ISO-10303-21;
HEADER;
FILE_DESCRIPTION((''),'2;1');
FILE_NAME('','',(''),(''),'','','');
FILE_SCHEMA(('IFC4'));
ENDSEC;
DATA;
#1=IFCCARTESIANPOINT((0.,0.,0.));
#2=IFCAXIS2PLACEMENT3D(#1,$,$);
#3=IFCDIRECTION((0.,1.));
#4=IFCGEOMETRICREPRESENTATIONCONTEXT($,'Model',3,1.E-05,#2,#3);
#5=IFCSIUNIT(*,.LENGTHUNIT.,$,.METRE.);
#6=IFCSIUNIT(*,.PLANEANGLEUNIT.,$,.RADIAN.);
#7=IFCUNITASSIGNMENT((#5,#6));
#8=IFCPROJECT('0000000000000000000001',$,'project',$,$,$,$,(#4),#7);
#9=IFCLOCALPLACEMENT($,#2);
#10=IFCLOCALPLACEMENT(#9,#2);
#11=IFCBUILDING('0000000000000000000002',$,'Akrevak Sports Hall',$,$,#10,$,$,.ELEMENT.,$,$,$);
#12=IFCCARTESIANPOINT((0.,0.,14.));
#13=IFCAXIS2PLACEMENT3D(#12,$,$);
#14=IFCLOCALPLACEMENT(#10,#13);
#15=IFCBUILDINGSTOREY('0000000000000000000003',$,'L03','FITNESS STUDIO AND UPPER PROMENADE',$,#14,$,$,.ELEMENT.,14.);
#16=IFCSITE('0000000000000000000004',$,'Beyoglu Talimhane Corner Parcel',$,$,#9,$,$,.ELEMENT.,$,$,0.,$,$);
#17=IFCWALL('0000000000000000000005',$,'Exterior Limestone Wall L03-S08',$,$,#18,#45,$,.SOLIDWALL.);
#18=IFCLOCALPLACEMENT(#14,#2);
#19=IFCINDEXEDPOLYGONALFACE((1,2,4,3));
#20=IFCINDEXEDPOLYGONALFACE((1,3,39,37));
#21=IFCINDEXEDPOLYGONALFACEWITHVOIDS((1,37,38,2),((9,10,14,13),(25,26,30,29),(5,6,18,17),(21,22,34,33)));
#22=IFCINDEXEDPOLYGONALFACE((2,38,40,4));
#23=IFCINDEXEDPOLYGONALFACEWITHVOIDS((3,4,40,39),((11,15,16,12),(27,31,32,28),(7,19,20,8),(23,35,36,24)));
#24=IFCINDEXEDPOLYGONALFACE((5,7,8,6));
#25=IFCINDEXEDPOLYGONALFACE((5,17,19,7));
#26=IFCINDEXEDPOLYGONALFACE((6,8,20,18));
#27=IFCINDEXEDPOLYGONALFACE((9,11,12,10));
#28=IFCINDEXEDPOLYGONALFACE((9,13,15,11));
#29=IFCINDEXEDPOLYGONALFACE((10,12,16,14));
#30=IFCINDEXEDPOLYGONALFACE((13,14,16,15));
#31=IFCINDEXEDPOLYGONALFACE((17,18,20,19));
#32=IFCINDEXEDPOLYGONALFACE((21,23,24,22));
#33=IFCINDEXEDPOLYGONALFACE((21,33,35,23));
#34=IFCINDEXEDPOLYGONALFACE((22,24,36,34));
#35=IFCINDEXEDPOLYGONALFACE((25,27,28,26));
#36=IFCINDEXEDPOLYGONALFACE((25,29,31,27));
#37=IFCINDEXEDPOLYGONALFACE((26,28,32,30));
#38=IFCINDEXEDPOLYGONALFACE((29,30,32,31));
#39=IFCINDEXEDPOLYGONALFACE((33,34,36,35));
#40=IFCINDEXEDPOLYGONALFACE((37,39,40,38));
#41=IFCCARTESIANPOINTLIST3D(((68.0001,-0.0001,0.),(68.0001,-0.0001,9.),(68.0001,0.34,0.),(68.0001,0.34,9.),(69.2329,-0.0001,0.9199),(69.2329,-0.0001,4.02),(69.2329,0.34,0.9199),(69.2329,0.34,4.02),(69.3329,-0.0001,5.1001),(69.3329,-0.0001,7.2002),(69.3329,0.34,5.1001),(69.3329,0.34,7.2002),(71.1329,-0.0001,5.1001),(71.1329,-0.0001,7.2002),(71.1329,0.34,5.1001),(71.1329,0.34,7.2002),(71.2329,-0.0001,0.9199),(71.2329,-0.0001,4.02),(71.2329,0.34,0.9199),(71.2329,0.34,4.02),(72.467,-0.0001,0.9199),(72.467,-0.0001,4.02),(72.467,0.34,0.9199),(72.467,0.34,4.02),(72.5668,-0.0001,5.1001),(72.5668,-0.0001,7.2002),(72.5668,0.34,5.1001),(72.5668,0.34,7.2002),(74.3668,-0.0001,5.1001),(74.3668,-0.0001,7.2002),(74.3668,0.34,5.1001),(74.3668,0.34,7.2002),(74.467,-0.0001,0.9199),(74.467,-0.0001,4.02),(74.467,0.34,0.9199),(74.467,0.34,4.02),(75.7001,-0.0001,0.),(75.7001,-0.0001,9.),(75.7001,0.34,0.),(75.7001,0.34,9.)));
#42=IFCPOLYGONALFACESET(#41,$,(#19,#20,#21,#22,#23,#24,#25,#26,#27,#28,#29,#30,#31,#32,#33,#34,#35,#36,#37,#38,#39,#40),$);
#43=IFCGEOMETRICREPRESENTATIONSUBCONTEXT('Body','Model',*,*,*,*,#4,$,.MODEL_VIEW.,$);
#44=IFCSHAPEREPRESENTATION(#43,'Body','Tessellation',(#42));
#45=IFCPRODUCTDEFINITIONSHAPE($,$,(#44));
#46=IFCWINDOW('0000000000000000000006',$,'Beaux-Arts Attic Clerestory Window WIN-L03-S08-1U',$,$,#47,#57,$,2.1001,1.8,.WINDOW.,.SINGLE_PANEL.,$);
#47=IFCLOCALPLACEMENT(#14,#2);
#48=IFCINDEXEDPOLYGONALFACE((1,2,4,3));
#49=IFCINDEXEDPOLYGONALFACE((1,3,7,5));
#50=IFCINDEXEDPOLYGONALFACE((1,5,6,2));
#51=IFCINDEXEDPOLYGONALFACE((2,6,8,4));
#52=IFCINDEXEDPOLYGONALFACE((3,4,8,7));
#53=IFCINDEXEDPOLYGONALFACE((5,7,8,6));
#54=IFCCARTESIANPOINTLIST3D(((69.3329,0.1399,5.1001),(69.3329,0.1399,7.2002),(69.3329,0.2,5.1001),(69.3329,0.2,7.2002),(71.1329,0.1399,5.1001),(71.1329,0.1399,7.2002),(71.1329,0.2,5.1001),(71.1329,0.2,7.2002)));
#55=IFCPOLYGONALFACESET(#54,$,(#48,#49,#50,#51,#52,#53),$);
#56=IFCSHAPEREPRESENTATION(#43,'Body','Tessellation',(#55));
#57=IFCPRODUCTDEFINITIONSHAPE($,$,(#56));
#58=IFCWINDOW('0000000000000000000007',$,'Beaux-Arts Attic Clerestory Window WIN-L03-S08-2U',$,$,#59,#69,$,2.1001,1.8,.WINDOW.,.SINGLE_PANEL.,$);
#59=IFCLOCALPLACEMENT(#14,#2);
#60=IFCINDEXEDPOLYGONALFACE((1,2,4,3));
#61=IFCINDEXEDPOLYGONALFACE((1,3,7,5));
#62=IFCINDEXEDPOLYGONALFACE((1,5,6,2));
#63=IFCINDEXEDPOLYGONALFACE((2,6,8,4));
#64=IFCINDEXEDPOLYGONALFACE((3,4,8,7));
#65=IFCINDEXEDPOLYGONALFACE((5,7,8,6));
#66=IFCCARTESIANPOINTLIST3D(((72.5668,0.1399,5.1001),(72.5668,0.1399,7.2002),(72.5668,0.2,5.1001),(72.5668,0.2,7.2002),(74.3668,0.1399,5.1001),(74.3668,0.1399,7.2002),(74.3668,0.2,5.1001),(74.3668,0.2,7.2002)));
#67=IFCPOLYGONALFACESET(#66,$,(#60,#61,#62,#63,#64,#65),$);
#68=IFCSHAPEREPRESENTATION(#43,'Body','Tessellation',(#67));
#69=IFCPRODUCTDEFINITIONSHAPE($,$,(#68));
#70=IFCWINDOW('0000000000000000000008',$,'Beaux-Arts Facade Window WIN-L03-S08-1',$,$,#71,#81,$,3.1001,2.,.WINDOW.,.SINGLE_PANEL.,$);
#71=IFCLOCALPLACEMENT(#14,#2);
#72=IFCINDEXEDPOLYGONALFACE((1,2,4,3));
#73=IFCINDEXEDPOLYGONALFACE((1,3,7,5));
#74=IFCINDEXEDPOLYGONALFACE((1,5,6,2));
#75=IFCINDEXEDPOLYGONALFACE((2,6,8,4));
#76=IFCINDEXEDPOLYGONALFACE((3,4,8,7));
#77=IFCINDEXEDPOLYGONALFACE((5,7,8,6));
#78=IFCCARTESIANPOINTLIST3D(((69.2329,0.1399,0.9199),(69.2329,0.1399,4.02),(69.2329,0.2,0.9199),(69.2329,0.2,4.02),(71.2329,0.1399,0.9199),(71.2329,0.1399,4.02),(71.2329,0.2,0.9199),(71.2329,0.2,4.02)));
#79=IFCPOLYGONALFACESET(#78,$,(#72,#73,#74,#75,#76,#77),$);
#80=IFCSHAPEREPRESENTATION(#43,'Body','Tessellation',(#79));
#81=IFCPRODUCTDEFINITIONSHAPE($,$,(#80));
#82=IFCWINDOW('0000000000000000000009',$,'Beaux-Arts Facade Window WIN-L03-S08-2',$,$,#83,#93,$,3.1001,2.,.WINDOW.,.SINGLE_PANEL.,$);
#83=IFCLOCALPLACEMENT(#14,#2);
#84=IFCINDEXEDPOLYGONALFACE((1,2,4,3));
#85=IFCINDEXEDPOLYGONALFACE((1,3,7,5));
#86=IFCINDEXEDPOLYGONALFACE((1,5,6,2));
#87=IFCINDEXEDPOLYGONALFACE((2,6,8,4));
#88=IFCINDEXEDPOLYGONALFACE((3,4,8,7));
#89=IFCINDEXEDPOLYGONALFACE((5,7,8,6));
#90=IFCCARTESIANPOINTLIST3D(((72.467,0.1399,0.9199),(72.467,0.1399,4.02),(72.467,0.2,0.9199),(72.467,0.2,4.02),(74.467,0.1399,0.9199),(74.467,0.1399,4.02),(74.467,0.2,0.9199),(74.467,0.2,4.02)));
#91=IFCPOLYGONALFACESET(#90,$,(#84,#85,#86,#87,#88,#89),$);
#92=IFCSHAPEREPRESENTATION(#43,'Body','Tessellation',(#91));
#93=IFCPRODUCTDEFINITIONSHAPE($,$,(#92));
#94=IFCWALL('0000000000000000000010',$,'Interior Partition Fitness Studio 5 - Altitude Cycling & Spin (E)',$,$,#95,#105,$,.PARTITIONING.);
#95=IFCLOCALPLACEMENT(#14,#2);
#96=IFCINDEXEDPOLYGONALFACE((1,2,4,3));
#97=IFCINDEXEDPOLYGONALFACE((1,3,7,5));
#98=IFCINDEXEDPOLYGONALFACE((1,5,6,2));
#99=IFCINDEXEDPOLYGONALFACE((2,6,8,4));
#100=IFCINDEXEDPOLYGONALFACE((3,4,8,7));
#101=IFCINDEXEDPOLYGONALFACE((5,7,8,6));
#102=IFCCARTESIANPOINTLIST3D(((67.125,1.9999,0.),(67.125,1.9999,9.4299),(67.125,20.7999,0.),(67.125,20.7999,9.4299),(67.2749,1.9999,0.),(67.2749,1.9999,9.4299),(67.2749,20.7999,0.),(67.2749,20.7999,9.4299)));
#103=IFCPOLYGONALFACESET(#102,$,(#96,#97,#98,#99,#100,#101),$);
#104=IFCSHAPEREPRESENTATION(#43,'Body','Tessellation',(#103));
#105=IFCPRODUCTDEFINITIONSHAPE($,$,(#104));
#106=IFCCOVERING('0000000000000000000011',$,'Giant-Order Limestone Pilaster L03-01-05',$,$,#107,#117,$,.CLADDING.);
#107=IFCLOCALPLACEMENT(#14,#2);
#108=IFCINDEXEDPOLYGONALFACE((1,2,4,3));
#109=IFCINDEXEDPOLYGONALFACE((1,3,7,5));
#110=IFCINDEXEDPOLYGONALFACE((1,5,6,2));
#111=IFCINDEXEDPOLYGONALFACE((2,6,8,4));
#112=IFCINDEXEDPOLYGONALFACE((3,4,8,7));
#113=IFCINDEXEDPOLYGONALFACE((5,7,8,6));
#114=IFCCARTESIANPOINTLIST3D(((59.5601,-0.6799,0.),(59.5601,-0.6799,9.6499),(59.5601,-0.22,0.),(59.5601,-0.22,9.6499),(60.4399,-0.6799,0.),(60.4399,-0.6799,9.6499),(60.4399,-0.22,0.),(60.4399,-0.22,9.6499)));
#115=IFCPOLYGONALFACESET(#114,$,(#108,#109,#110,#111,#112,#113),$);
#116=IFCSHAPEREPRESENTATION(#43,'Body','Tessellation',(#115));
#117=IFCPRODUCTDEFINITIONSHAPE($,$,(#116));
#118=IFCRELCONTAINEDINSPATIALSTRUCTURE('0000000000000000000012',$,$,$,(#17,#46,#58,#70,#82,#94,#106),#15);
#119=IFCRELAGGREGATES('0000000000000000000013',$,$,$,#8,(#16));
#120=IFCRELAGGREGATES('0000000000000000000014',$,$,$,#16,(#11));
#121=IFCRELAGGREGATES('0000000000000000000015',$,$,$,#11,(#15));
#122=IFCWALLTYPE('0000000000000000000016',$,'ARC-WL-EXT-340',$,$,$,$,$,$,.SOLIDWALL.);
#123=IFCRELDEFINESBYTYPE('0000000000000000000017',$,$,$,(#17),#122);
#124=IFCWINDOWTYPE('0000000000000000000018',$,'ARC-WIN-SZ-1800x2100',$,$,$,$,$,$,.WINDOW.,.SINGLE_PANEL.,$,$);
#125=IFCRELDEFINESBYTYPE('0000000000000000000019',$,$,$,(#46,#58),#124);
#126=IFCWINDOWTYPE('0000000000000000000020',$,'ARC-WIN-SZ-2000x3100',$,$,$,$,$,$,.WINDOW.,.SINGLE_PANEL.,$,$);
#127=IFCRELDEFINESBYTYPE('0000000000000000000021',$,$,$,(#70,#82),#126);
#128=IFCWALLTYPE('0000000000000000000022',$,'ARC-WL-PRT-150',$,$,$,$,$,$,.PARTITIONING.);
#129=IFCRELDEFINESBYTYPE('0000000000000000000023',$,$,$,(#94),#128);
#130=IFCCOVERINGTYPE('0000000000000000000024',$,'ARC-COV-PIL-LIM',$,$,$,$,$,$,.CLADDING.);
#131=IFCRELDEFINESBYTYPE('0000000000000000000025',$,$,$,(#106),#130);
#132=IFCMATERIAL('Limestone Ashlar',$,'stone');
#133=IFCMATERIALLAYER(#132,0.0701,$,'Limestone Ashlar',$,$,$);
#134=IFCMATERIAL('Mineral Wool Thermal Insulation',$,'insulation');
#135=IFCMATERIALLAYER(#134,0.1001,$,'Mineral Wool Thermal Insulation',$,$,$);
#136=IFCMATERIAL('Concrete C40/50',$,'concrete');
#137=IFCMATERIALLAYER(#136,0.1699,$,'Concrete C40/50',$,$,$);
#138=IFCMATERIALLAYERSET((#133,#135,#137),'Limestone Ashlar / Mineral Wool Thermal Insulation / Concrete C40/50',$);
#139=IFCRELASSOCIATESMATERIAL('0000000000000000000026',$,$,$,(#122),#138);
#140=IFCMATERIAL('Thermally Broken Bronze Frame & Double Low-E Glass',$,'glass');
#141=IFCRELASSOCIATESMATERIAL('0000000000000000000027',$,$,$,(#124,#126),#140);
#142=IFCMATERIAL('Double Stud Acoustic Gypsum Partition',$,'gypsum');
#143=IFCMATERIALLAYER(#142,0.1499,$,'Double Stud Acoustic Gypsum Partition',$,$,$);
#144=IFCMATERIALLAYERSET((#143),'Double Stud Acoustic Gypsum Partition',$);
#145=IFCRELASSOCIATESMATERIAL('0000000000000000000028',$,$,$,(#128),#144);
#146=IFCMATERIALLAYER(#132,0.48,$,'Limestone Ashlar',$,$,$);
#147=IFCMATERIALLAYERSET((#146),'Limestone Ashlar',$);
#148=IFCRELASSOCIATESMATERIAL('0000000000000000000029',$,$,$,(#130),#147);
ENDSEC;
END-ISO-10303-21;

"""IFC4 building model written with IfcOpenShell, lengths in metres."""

from ifc_helpers import new_model, si_unit, direction, frame, frame_2d, origin, origin_2d, place, context, subcontext, project, spatial, rectangle, extrude, material, layer, layer_set, type_object, element, fill, save


model = new_model("IFC4")

# Units and contexts
model_context = context("Model", 3, precision=1e-05, world=origin(), true_north=direction((0.0, 1.0)))
body_context = subcontext(model_context, "Body", "Model", "MODEL_VIEW")
ifc_project = project(units=[si_unit("LENGTHUNIT", "METRE"), si_unit("PLANEANGLEUNIT", "RADIAN")], contexts=[model_context])

# Site, building, storey
site_placement = place(None, origin())
site = spatial("IfcSite", under=ifc_project, at=site_placement, Name="Beyoglu Talimhane Corner Parcel", CompositionType="ELEMENT", RefElevation=0.0)
building_placement = place(site_placement, origin())
building = spatial("IfcBuilding", under=site, at=building_placement, Name="Akrevak Sports Hall", CompositionType="ELEMENT")
storey_placement = place(building_placement, frame((0.0, 0.0, 14.0)))
storey = spatial("IfcBuildingStorey", under=building, at=storey_placement, Name="L03", Description="FITNESS STUDIO AND UPPER PROMENADE", CompositionType="ELEMENT", Elevation=14.0)

# Shared definitions
ifc_material_1 = material(Name="Concrete C40/50", Category="concrete")

# Wall, openings, windows
ifc_material_2 = material(Name="Limestone Ashlar", Category="stone")
ifc_layer_1 = layer(ifc_material_2, 0.0701, Name="Limestone Ashlar")
ifc_material_3 = material(Name="Mineral Wool Thermal Insulation", Category="insulation")
ifc_layer_2 = layer(ifc_material_3, 0.1001, Name="Mineral Wool Thermal Insulation")
ifc_layer_3 = layer(ifc_material_1, 0.1699, Name="Concrete C40/50")
ifc_layer_set_1 = layer_set([ifc_layer_1, ifc_layer_2, ifc_layer_3], Name="Limestone Ashlar / Mineral Wool Thermal Insulation / Concrete C40/50")
wall_type_1 = type_object("IfcWallType", Name="ARC-WL-EXT-340", PredefinedType="SOLIDWALL", material=ifc_layer_set_1)
ifc_material_4 = material(Name="Thermally Broken Bronze Frame & Double Low-E Glass", Category="glass")
window_type_1 = type_object("IfcWindowType", Name="ARC-WIN-SZ-1800x2100", PartitioningType="SINGLE_PANEL", PredefinedType="WINDOW", material=ifc_material_4)
window_type_2 = type_object("IfcWindowType", Name="ARC-WIN-SZ-2000x3100", PartitioningType="SINGLE_PANEL", PredefinedType="WINDOW", material=ifc_material_4)
wall_1_placement = place(storey_placement, frame((68.0, 0.1699, 0.0), z_axis=(0.0, 0.0, 1.0), x_axis=(1.0, 0.0, 0.0)))
wall_1 = element("IfcWall", 1, at=wall_1_placement, inside=storey, type_object=wall_type_1, Name="Exterior Limestone Wall L03-S08", PredefinedType="SOLIDWALL", context=body_context, shape_type="SweptSolid", body=[
    extrude(rectangle(XDim=7.7, YDim=0.3401, at=frame_2d((3.8501, 0.0))), origin(), (0.0, 0.0, 1.0), 9.0),
])
opening_1_placement = place(wall_1_placement, frame((1.2329, 0.0, 0.9199)))
opening_1 = element("IfcOpeningElement", 2, at=opening_1_placement, cuts=wall_1, PredefinedType="OPENING", context=body_context, shape_type="SweptSolid", body=[
    extrude(rectangle(XDim=2.0, YDim=3.1001, at=frame_2d((1.0, 1.55))), frame((0.0, 0.1821, 0.0), z_axis=(0.0, -1.0, 0.0), x_axis=(1.0, 0.0, 0.0)), (0.0, 0.0, 1.0), 0.364),
])
opening_2_placement = place(wall_1_placement, frame((1.333, 0.0, 5.1001)))
opening_2 = element("IfcOpeningElement", 3, at=opening_2_placement, cuts=wall_1, PredefinedType="OPENING", context=body_context, shape_type="SweptSolid", body=[
    extrude(rectangle(XDim=1.8, YDim=2.1001, at=frame_2d((0.8999, 1.05))), frame((0.0, 0.1821, 0.0), z_axis=(0.0, -1.0, 0.0), x_axis=(1.0, 0.0, 0.0)), (0.0, 0.0, 1.0), 0.364),
])
opening_3_placement = place(wall_1_placement, frame((4.467, 0.0, 0.9199)))
opening_3 = element("IfcOpeningElement", 4, at=opening_3_placement, cuts=wall_1, PredefinedType="OPENING", context=body_context, shape_type="SweptSolid", body=[
    extrude(rectangle(XDim=2.0, YDim=3.1001, at=frame_2d((1.0, 1.55))), frame((0.0, 0.1821, 0.0), z_axis=(0.0, -1.0, 0.0), x_axis=(1.0, 0.0, 0.0)), (0.0, 0.0, 1.0), 0.364),
])
opening_4_placement = place(wall_1_placement, frame((4.5669, 0.0, 5.1001)))
opening_4 = element("IfcOpeningElement", 5, at=opening_4_placement, cuts=wall_1, PredefinedType="OPENING", context=body_context, shape_type="SweptSolid", body=[
    extrude(rectangle(XDim=1.8, YDim=2.1001, at=frame_2d((0.8999, 1.05))), frame((0.0, 0.1821, 0.0), z_axis=(0.0, -1.0, 0.0), x_axis=(1.0, 0.0, 0.0)), (0.0, 0.0, 1.0), 0.364),
])
window_1_placement = place(opening_2_placement, origin())
window_1 = element("IfcWindow", 6, at=window_1_placement, inside=storey, type_object=window_type_1, Name="Beaux-Arts Attic Clerestory Window WIN-L03-S08-1U", OverallHeight=2.1001, OverallWidth=1.8, PartitioningType="SINGLE_PANEL", PredefinedType="WINDOW", context=body_context, shape_type="SweptSolid", body=[
    extrude(rectangle(XDim=1.8, YDim=2.1001, at=frame_2d((0.8999, 1.05))), frame((0.0, 0.03, 0.0), z_axis=(0.0, -1.0, 0.0), x_axis=(1.0, 0.0, 0.0)), (0.0, 0.0, 1.0), 0.0601),
])
fill(opening_2, window_1)
window_2_placement = place(opening_4_placement, origin())
window_2 = element("IfcWindow", 7, at=window_2_placement, inside=storey, type_object=window_type_1, Name="Beaux-Arts Attic Clerestory Window WIN-L03-S08-2U", OverallHeight=2.1001, OverallWidth=1.8, PartitioningType="SINGLE_PANEL", PredefinedType="WINDOW", context=body_context, shape_type="SweptSolid", body=[
    extrude(rectangle(XDim=1.8, YDim=2.1001, at=frame_2d((0.8999, 1.05))), frame((0.0, 0.03, 0.0), z_axis=(0.0, -1.0, 0.0), x_axis=(1.0, 0.0, 0.0)), (0.0, 0.0, 1.0), 0.0601),
])
fill(opening_4, window_2)
window_3_placement = place(opening_1_placement, origin())
window_3 = element("IfcWindow", 8, at=window_3_placement, inside=storey, type_object=window_type_2, Name="Beaux-Arts Facade Window WIN-L03-S08-1", OverallHeight=3.1001, OverallWidth=2.0, PartitioningType="SINGLE_PANEL", PredefinedType="WINDOW", context=body_context, shape_type="SweptSolid", body=[
    extrude(rectangle(XDim=2.0, YDim=3.1001, at=frame_2d((1.0, 1.55))), frame((0.0, 0.03, 0.0), z_axis=(0.0, -1.0, 0.0), x_axis=(1.0, 0.0, 0.0)), (0.0, 0.0, 1.0), 0.0601),
])
fill(opening_1, window_3)
window_4_placement = place(opening_3_placement, origin())
window_4 = element("IfcWindow", 9, at=window_4_placement, inside=storey, type_object=window_type_2, Name="Beaux-Arts Facade Window WIN-L03-S08-2", OverallHeight=3.1001, OverallWidth=2.0, PartitioningType="SINGLE_PANEL", PredefinedType="WINDOW", context=body_context, shape_type="SweptSolid", body=[
    extrude(rectangle(XDim=2.0, YDim=3.1001, at=frame_2d((1.0, 1.55))), frame((0.0, 0.03, 0.0), z_axis=(0.0, -1.0, 0.0), x_axis=(1.0, 0.0, 0.0)), (0.0, 0.0, 1.0), 0.0601),
])
fill(opening_3, window_4)

# Wall
ifc_material_5 = material(Name="Double Stud Acoustic Gypsum Partition", Category="gypsum")
ifc_layer_4 = layer(ifc_material_5, 0.1499, Name="Double Stud Acoustic Gypsum Partition")
ifc_layer_set_2 = layer_set([ifc_layer_4], Name="Double Stud Acoustic Gypsum Partition")
wall_type_2 = type_object("IfcWallType", Name="ARC-WL-PRT-150", PredefinedType="PARTITIONING", material=ifc_layer_set_2)
wall_2_placement = place(storey_placement, frame((67.2, 2.0, 0.0), z_axis=(0.0, 0.0, 1.0), x_axis=(0.0, 1.0, 0.0)))
element("IfcWall", 10, at=wall_2_placement, inside=storey, type_object=wall_type_2, Name="Interior Partition Fitness Studio 5 - Altitude Cycling & Spin (E)", PredefinedType="PARTITIONING", context=body_context, shape_type="SweptSolid", body=[
    extrude(rectangle(XDim=18.8, YDim=0.1499, at=frame_2d((9.3999, 0.0))), origin(), (0.0, 0.0, 1.0), 9.4299),
])

# Covering
ifc_layer_5 = layer(ifc_material_2, 0.48, Name="Limestone Ashlar")
ifc_layer_set_3 = layer_set([ifc_layer_5], Name="Limestone Ashlar")
covering_type = type_object("IfcCoveringType", Name="ARC-COV-PIL-LIM", PredefinedType="CLADDING", material=ifc_layer_set_3)
covering_placement = place(storey_placement, frame((60.0, -0.45, 0.0), z_axis=(0.0, 0.0, 1.0), x_axis=(1.0, 0.0, 0.0)))
element("IfcCovering", 11, at=covering_placement, inside=storey, type_object=covering_type, Name="Giant-Order Limestone Pilaster L03-01-05", PredefinedType="CLADDING", context=body_context, shape_type="SweptSolid", body=[
    extrude(rectangle(XDim=0.8799, YDim=0.46, at=origin_2d()), origin(), (0.0, 0.0, 1.0), 9.6499),
])

save(model, "model.ifc")
